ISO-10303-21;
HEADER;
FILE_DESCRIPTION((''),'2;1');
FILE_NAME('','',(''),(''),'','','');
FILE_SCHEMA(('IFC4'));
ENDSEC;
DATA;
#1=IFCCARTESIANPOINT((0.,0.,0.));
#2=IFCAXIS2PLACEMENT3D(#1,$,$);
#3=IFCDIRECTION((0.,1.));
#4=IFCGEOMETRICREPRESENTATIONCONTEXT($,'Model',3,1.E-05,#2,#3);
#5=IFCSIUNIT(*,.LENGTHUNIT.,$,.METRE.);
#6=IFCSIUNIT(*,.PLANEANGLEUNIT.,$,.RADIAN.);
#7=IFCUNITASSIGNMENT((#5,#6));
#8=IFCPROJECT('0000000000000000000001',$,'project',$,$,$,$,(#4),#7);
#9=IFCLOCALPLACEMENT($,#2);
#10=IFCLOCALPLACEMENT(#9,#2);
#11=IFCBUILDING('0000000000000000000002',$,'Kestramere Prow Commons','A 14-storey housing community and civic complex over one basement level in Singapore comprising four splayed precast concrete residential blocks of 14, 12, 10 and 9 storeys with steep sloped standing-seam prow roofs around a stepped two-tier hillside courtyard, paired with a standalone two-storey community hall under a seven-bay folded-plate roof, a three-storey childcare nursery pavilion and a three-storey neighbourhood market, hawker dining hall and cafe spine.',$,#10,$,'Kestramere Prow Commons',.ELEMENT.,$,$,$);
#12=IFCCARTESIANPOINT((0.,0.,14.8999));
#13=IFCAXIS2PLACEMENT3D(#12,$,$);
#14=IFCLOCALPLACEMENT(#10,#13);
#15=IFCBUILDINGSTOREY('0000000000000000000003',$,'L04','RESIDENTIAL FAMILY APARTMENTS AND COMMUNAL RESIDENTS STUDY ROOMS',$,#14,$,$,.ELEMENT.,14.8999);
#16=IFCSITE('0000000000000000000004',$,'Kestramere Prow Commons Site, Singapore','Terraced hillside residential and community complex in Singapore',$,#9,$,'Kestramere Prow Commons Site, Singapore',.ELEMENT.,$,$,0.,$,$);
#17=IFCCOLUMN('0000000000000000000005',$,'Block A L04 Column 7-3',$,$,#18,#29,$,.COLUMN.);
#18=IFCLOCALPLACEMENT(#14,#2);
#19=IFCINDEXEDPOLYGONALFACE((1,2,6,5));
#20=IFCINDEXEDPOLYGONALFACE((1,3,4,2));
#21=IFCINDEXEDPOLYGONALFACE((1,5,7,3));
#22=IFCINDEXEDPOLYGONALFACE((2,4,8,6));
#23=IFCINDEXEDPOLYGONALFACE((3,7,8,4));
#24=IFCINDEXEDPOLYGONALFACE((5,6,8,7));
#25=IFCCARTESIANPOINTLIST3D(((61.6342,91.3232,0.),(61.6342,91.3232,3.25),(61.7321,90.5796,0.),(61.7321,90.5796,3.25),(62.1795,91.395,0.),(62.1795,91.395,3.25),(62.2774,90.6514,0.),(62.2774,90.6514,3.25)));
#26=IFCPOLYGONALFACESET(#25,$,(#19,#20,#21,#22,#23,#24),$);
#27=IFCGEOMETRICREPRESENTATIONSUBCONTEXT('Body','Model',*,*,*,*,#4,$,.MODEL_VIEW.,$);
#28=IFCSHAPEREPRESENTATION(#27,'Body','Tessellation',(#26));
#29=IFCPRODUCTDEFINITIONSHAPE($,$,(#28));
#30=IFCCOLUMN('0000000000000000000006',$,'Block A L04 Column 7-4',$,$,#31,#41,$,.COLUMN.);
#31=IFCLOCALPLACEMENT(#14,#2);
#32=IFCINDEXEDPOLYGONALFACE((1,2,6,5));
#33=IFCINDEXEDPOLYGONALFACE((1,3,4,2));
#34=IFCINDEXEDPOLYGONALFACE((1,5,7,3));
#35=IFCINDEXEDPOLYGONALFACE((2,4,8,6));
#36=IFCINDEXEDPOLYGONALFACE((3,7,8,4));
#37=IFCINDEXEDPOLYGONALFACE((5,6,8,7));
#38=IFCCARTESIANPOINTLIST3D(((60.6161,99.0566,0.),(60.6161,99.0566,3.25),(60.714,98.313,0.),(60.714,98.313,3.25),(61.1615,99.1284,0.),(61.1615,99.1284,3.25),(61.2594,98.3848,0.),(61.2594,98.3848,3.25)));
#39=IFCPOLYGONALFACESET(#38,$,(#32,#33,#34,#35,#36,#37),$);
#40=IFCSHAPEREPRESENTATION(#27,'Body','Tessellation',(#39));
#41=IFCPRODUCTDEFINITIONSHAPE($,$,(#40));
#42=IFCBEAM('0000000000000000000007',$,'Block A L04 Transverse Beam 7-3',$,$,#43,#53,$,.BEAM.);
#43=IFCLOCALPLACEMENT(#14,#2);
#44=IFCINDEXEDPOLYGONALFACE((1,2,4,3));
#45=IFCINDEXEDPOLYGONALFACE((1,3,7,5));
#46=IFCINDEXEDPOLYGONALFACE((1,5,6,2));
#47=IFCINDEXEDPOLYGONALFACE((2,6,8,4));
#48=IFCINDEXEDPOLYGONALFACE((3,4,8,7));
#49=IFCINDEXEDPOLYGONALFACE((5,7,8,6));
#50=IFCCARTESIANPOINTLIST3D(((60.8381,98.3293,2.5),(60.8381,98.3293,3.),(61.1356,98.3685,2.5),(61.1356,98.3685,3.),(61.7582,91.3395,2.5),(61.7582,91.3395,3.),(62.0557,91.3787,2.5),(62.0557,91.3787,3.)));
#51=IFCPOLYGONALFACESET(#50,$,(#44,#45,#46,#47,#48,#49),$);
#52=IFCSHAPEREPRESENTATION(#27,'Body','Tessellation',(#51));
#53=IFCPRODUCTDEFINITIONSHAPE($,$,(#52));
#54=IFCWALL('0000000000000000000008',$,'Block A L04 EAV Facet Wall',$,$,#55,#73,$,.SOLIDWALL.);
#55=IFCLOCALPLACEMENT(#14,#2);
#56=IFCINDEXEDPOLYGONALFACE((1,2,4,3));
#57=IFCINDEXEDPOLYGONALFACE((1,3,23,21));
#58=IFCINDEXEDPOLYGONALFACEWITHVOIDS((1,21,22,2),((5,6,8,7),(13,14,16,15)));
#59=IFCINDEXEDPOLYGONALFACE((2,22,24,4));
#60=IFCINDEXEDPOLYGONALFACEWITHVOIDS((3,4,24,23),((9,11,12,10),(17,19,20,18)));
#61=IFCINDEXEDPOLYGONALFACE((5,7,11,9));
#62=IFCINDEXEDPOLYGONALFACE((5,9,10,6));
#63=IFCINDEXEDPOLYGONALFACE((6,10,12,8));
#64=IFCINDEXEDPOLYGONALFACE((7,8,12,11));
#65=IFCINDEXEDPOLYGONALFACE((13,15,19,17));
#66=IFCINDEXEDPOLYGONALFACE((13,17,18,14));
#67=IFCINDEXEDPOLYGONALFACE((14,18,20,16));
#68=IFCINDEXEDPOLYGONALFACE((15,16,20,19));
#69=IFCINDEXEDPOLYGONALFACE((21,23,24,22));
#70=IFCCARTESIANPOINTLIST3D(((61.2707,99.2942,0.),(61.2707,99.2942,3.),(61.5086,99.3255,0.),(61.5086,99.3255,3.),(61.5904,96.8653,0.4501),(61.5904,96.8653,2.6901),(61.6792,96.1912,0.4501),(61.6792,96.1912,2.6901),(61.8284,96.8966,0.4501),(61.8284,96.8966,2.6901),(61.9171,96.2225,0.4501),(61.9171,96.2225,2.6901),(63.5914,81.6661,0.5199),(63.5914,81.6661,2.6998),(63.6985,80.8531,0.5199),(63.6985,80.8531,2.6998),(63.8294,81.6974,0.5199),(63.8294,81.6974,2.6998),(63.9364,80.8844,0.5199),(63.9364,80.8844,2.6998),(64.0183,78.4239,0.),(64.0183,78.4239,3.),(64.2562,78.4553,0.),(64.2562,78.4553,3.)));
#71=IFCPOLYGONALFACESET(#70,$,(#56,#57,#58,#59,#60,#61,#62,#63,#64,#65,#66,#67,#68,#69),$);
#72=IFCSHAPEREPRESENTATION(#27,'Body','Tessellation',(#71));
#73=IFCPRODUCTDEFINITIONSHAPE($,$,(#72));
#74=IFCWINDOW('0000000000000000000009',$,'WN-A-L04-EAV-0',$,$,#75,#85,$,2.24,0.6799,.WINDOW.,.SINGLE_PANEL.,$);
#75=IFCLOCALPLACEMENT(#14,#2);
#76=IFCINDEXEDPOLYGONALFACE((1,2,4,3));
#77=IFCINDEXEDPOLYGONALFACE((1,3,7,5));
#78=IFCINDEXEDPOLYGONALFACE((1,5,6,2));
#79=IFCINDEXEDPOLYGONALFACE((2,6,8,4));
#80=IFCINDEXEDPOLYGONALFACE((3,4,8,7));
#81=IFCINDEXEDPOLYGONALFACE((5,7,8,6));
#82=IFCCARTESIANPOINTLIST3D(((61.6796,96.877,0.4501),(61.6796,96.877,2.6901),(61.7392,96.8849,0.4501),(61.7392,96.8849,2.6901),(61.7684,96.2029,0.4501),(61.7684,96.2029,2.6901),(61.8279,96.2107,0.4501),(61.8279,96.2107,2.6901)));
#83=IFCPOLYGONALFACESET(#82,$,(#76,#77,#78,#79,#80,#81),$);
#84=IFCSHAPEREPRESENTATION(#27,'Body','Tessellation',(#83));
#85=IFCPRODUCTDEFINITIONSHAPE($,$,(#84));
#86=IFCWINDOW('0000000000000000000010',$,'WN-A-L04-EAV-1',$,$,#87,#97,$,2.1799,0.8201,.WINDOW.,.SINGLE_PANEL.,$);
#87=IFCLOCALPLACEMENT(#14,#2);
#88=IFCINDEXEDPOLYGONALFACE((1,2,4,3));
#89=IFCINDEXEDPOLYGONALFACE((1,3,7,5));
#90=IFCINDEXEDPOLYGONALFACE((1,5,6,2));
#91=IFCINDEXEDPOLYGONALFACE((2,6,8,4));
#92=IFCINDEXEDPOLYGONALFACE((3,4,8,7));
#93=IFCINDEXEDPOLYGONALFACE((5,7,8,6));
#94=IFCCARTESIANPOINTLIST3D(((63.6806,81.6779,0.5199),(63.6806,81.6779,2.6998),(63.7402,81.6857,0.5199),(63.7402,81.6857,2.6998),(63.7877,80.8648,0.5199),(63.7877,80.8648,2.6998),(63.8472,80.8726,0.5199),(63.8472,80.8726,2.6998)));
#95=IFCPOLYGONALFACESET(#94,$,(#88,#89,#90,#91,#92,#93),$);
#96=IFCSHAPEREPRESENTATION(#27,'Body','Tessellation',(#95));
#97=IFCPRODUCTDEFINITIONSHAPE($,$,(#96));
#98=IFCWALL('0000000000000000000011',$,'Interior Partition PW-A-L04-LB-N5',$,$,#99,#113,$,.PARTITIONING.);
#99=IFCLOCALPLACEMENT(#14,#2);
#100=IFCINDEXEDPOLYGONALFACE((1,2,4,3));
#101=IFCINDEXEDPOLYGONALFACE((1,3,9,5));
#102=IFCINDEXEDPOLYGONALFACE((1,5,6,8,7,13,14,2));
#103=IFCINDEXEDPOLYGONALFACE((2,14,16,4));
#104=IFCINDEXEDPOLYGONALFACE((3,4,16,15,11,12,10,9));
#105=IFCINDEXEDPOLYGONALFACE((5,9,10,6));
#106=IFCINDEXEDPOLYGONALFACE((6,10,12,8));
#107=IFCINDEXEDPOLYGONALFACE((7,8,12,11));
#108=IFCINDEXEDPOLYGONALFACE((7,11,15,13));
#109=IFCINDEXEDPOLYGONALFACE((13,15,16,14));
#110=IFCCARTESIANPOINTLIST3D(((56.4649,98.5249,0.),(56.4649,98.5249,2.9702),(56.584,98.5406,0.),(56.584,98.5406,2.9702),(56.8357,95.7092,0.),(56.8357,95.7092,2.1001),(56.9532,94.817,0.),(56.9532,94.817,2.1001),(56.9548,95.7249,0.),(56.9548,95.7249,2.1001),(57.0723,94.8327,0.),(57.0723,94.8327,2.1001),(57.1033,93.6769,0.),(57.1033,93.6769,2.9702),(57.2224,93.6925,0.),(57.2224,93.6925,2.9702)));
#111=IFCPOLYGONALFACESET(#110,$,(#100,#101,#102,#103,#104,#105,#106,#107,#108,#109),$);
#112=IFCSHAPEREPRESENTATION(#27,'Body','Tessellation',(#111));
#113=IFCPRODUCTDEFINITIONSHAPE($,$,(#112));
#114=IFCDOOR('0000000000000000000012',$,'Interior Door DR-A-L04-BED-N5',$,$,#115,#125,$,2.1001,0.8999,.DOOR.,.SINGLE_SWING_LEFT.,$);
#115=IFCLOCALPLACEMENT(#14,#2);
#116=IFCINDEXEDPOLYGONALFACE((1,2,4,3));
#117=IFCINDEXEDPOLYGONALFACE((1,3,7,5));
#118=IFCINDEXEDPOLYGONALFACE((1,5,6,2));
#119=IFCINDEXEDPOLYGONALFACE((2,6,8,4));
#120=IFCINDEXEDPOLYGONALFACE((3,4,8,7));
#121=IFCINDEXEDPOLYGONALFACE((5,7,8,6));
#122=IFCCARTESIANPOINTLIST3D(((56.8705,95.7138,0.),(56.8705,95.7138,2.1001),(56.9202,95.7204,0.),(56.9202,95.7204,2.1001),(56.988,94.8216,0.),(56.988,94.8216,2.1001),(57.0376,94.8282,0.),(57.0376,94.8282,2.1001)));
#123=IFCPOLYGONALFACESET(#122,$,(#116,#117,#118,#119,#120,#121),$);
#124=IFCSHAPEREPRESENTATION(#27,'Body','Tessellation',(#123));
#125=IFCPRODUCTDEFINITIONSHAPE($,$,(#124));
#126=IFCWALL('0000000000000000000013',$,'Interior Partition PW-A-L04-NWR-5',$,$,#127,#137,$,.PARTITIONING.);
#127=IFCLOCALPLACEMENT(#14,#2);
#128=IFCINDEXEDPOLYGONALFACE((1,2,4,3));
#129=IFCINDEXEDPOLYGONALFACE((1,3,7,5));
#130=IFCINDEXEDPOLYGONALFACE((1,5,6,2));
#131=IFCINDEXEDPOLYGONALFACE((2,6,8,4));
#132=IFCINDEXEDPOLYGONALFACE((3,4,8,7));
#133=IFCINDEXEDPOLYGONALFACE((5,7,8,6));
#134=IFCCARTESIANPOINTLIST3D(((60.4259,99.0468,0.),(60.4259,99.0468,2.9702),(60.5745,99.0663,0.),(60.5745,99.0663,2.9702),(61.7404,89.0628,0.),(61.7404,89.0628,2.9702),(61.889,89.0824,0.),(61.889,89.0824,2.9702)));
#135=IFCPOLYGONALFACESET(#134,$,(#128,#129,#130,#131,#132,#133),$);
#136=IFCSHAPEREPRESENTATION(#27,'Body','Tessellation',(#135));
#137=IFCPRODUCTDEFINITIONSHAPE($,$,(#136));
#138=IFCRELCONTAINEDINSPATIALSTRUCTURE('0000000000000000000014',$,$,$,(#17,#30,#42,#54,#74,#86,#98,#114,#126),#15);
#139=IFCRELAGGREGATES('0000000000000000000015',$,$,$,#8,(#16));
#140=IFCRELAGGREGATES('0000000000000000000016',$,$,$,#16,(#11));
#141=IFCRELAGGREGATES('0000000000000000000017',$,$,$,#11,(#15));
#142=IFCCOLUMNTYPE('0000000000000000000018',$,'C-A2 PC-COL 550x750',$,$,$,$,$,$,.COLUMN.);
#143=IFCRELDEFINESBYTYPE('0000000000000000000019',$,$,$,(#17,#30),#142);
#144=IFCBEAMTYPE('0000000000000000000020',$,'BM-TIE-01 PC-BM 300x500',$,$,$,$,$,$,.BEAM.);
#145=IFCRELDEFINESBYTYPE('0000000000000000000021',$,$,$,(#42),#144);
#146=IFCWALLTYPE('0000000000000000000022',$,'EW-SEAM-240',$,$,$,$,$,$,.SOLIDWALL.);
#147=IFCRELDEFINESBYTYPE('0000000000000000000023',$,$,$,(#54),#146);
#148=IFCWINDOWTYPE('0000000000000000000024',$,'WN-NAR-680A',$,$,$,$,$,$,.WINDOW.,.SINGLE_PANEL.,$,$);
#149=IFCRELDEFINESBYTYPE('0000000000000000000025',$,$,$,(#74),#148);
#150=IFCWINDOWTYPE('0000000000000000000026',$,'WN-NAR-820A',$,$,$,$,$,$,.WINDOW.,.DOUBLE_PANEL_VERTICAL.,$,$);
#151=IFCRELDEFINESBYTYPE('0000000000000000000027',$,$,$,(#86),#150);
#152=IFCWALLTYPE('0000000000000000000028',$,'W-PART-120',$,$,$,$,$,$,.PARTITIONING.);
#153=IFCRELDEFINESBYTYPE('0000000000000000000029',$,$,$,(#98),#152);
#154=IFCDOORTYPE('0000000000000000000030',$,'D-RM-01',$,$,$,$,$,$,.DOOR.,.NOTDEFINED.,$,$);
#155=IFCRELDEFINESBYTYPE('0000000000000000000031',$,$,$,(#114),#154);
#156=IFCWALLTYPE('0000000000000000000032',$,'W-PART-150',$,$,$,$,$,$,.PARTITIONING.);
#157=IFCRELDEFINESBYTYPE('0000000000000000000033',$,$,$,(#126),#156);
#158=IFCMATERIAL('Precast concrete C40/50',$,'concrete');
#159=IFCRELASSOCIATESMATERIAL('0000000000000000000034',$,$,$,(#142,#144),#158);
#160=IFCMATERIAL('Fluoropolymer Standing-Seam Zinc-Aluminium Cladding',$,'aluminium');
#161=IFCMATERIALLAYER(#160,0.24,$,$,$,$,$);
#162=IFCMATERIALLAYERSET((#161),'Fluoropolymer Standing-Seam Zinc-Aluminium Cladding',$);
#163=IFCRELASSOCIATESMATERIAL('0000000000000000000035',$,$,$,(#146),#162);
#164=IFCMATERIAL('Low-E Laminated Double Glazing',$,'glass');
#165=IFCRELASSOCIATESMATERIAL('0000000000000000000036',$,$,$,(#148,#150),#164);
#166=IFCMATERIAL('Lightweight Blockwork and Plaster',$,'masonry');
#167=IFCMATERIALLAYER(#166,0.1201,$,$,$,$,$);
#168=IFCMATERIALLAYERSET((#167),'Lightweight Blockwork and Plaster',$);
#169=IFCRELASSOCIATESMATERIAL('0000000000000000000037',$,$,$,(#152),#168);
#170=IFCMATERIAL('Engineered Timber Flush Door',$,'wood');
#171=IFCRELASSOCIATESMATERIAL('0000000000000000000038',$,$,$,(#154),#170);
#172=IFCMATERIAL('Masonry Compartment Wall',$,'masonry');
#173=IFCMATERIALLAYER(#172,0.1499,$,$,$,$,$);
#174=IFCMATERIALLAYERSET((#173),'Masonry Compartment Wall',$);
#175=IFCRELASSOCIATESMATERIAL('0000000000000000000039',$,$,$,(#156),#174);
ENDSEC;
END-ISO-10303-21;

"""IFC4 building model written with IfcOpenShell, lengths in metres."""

from ifc_helpers import new_model, si_unit, direction, frame, frame_2d, origin, origin_2d, place, context, subcontext, project, spatial, rectangle, extrude, material, layer, layer_set, material_profile, profile_set, type_object, element, fill, save


model = new_model("IFC4")

# Units and contexts
model_context = context("Model", 3, precision=1e-05, world=origin(), true_north=direction((0.0, 1.0)))
body_context = subcontext(model_context, "Body", "Model", "MODEL_VIEW")
ifc_project = project(units=[si_unit("LENGTHUNIT", "METRE"), si_unit("PLANEANGLEUNIT", "RADIAN")], contexts=[model_context])

# Site, building, storey
site_placement = place(None, origin())
site = spatial("IfcSite", under=ifc_project, at=site_placement, Name="Kestramere Prow Commons Site, Singapore", Description="Terraced hillside residential and community complex in Singapore", LongName="Kestramere Prow Commons Site, Singapore", CompositionType="ELEMENT", RefElevation=0.0)
building_placement = place(site_placement, origin())
building = spatial("IfcBuilding", under=site, at=building_placement, Name="Kestramere Prow Commons", Description="A 14-storey housing community and civic complex over one basement level in Singapore comprising four splayed precast concrete residential blocks of 14, 12, 10 and 9 storeys with steep sloped standing-seam prow roofs around a stepped two-tier hillside courtyard, paired with a standalone two-storey community hall under a seven-bay folded-plate roof, a three-storey childcare nursery pavilion and a three-storey neighbourhood market, hawker dining hall and cafe spine.", LongName="Kestramere Prow Commons", CompositionType="ELEMENT")
storey_placement = place(building_placement, frame((0.0, 0.0, 14.8999)))
storey = spatial("IfcBuildingStorey", under=building, at=storey_placement, Name="L04", Description="RESIDENTIAL FAMILY APARTMENTS AND COMMUNAL RESIDENTS STUDY ROOMS", CompositionType="ELEMENT", Elevation=14.8999)

# Columns
ifc_material_1 = material(Name="Precast concrete C40/50", Category="concrete")
ifc_material_profile_1 = material_profile(ifc_material_1, rectangle(XDim=0.55, YDim=0.75, at=origin_2d()), Name="PC-COL 550x750")
ifc_profile_set_1 = profile_set([ifc_material_profile_1], Name="Precast concrete C40/50")
column_type = type_object("IfcColumnType", Name="C-A2 PC-COL 550x750", PredefinedType="COLUMN", material=ifc_profile_set_1)
for number, where, z_axis, x_axis, name in (
    (1, (61.9558, 90.9873, 0.0), (0.0, 0.0, 1.0), (0.991445, 0.130526, 0.0), "Block A L04 Column 7-3"),
    (2, (60.9377, 98.7207, 0.0), (0.0, 0.0, 1.0), (0.991445, 0.130526, 0.0), "Block A L04 Column 7-4"),
):
    element("IfcColumn", number, at=place(storey_placement, frame(where, z_axis=z_axis, x_axis=x_axis)), inside=storey, type_object=column_type, Name=name, PredefinedType="COLUMN", context=body_context, shape_type="SweptSolid", body=[
        extrude(rectangle(XDim=0.55, YDim=0.75, at=origin_2d()), origin(), (0.0, 0.0, 1.0), 3.25),
    ])

# Beam
ifc_material_profile_2 = material_profile(ifc_material_1, rectangle(XDim=0.3, YDim=0.5, at=origin_2d()), Name="PC-BM 300x500")
ifc_profile_set_2 = profile_set([ifc_material_profile_2], Name="Precast concrete C40/50")
beam_type = type_object("IfcBeamType", Name="BM-TIE-01 PC-BM 300x500", PredefinedType="BEAM", material=ifc_profile_set_2)
beam_placement = place(storey_placement, frame((61.907, 91.3591, 2.75), z_axis=(-0.130519, 0.991446, 0.0), x_axis=(-0.991446, -0.130519, 0.0)))
element("IfcBeam", 3, at=beam_placement, inside=storey, type_object=beam_type, Name="Block A L04 Transverse Beam 7-3", PredefinedType="BEAM", context=body_context, shape_type="SweptSolid", body=[
    extrude(rectangle(XDim=0.3, YDim=0.5, at=origin_2d()), origin(), (0.0, 0.0, 1.0), 7.05),
])

# Wall, openings, windows
ifc_material_2 = material(Name="Fluoropolymer Standing-Seam Zinc-Aluminium Cladding", Category="aluminium")
ifc_layer_1 = layer(ifc_material_2, 0.24)
ifc_layer_set_1 = layer_set([ifc_layer_1], Name="Fluoropolymer Standing-Seam Zinc-Aluminium Cladding")
wall_type_1 = type_object("IfcWallType", Name="EW-SEAM-240", PredefinedType="SOLIDWALL", material=ifc_layer_set_1)
wall_1_placement = place(storey_placement, frame((61.3896, 99.3098, 0.0), z_axis=(0.0, 0.0, 1.0), x_axis=(0.130524, -0.991445, 0.0)))
wall_1 = element("IfcWall", 4, at=wall_1_placement, inside=storey, type_object=wall_type_1, Name="Block A L04 EAV Facet Wall", PredefinedType="SOLIDWALL", context=body_context, shape_type="SweptSolid", body=[
    extrude(rectangle(XDim=21.0503, YDim=0.24, at=frame_2d((10.5251, 0.0))), origin(), (0.0, 0.0, 1.0), 3.0),
])
opening_1_placement = place(wall_1_placement, frame((2.45, 0.0, 0.45)))
opening_1 = element("IfcOpeningElement", 5, at=opening_1_placement, cuts=wall_1, PredefinedType="OPENING", context=body_context, shape_type="SweptSolid", body=[
    extrude(rectangle(XDim=0.6799, YDim=2.24, at=frame_2d((0.3398, 1.1201))), frame((0.0, 0.135, 0.0), z_axis=(0.0, -1.0, 0.0), x_axis=(1.0, 0.0, 0.0)), (0.0, 0.0, 1.0), 0.27),
])
opening_2_placement = place(wall_1_placement, frame((17.78, 0.0, 0.52)))
opening_2 = element("IfcOpeningElement", 6, at=opening_2_placement, cuts=wall_1, PredefinedType="OPENING", context=body_context, shape_type="SweptSolid", body=[
    extrude(rectangle(XDim=0.8201, YDim=2.1799, at=frame_2d((0.4102, 1.0898))), frame((0.0, 0.135, 0.0), z_axis=(0.0, -1.0, 0.0), x_axis=(1.0, 0.0, 0.0)), (0.0, 0.0, 1.0), 0.27),
])
ifc_material_3 = material(Name="Low-E Laminated Double Glazing", Category="glass")
window_type_1 = type_object("IfcWindowType", Name="WN-NAR-680A", PartitioningType="SINGLE_PANEL", PredefinedType="WINDOW", material=ifc_material_3)
window_1_placement = place(opening_1_placement, origin())
window_1 = element("IfcWindow", 7, at=window_1_placement, inside=storey, type_object=window_type_1, Name="WN-A-L04-EAV-0", OverallHeight=2.24, OverallWidth=0.6799, PartitioningType="SINGLE_PANEL", PredefinedType="WINDOW", context=body_context, shape_type="SweptSolid", body=[
    extrude(rectangle(XDim=0.6799, YDim=2.24, at=frame_2d((0.3398, 1.1201))), frame((0.0, 0.03, 0.0), z_axis=(0.0, -1.0, 0.0), x_axis=(1.0, 0.0, 0.0)), (0.0, 0.0, 1.0), 0.0601),
])
fill(opening_1, window_1)
window_type_2 = type_object("IfcWindowType", Name="WN-NAR-820A", PartitioningType="DOUBLE_PANEL_VERTICAL", PredefinedType="WINDOW", material=ifc_material_3)
window_2_placement = place(opening_2_placement, origin())
window_2 = element("IfcWindow", 8, at=window_2_placement, inside=storey, type_object=window_type_2, Name="WN-A-L04-EAV-1", OverallHeight=2.1799, OverallWidth=0.8201, PartitioningType="SINGLE_PANEL", PredefinedType="WINDOW", context=body_context, shape_type="SweptSolid", body=[
    extrude(rectangle(XDim=0.8201, YDim=2.1799, at=frame_2d((0.4102, 1.0898))), frame((0.0, 0.03, 0.0), z_axis=(0.0, -1.0, 0.0), x_axis=(1.0, 0.0, 0.0)), (0.0, 0.0, 1.0), 0.0601),
])
fill(opening_2, window_2)

# Wall, opening, door
ifc_material_4 = material(Name="Lightweight Blockwork and Plaster", Category="masonry")
ifc_layer_2 = layer(ifc_material_4, 0.1201)
ifc_layer_set_2 = layer_set([ifc_layer_2], Name="Lightweight Blockwork and Plaster")
wall_type_2 = type_object("IfcWallType", Name="W-PART-120", PredefinedType="PARTITIONING", material=ifc_layer_set_2)
wall_2_placement = place(storey_placement, frame((57.1628, 93.6848, 0.0), z_axis=(0.0, 0.0, 1.0), x_axis=(-0.130558, 0.991441, 0.0)))
wall_2 = element("IfcWall", 9, at=wall_2_placement, inside=storey, type_object=wall_type_2, Name="Interior Partition PW-A-L04-LB-N5", PredefinedType="PARTITIONING", context=body_context, shape_type="SweptSolid", body=[
    extrude(rectangle(XDim=4.8899, YDim=0.1201, at=frame_2d((2.4448, 0.0))), origin(), (0.0, 0.0, 1.0), 2.9702),
])
opening_3_placement = place(wall_2_placement, frame((1.1499, 0.0, 0.0)))
opening_3 = element("IfcOpeningElement", 10, at=opening_3_placement, cuts=wall_2, PredefinedType="OPENING", context=body_context, shape_type="SweptSolid", body=[
    extrude(rectangle(XDim=0.8999, YDim=2.1001, at=frame_2d((0.45, 1.05))), frame((0.0, 0.075, 0.0), z_axis=(0.0, -1.0, 0.0), x_axis=(1.0, 0.0, 0.0)), (0.0, 0.0, 1.0), 0.1501),
])
ifc_material_5 = material(Name="Engineered Timber Flush Door", Category="wood")
door_type_1 = type_object("IfcDoorType", Name="D-RM-01", OperationType="NOTDEFINED", PredefinedType="DOOR", material=ifc_material_5)
door_1_placement = place(opening_3_placement, origin())
door_1 = element("IfcDoor", 11, at=door_1_placement, inside=storey, type_object=door_type_1, Name="Interior Door DR-A-L04-BED-N5", OperationType="SINGLE_SWING_LEFT", OverallHeight=2.1001, OverallWidth=0.8999, PredefinedType="DOOR", context=body_context, shape_type="SweptSolid", body=[
    extrude(rectangle(XDim=0.8999, YDim=2.1001, at=frame_2d((0.45, 1.05))), frame((0.0, 0.0249, 0.0), z_axis=(0.0, -1.0, 0.0), x_axis=(1.0, 0.0, 0.0)), (0.0, 0.0, 1.0), 0.05),
])
fill(opening_3, door_1)

# Wall
ifc_material_6 = material(Name="Masonry Compartment Wall", Category="masonry")
ifc_layer_3 = layer(ifc_material_6, 0.1499)
ifc_layer_set_3 = layer_set([ifc_layer_3], Name="Masonry Compartment Wall")
wall_type_3 = type_object("IfcWallType", Name="W-PART-150", PredefinedType="PARTITIONING", material=ifc_layer_set_3)
wall_3_placement = place(storey_placement, frame((61.8147, 89.0725, 0.0), z_axis=(0.0, 0.0, 1.0), x_axis=(-0.130531, 0.991444, 0.0)))
element("IfcWall", 12, at=wall_3_placement, inside=storey, type_object=wall_type_3, Name="Interior Partition PW-A-L04-NWR-5", PredefinedType="PARTITIONING", context=body_context, shape_type="SweptSolid", body=[
    extrude(rectangle(XDim=10.0701, YDim=0.1499, at=frame_2d((5.0352, 0.0))), origin(), (0.0, 0.0, 1.0), 2.9702),
])

save(model, "model.ifc")
